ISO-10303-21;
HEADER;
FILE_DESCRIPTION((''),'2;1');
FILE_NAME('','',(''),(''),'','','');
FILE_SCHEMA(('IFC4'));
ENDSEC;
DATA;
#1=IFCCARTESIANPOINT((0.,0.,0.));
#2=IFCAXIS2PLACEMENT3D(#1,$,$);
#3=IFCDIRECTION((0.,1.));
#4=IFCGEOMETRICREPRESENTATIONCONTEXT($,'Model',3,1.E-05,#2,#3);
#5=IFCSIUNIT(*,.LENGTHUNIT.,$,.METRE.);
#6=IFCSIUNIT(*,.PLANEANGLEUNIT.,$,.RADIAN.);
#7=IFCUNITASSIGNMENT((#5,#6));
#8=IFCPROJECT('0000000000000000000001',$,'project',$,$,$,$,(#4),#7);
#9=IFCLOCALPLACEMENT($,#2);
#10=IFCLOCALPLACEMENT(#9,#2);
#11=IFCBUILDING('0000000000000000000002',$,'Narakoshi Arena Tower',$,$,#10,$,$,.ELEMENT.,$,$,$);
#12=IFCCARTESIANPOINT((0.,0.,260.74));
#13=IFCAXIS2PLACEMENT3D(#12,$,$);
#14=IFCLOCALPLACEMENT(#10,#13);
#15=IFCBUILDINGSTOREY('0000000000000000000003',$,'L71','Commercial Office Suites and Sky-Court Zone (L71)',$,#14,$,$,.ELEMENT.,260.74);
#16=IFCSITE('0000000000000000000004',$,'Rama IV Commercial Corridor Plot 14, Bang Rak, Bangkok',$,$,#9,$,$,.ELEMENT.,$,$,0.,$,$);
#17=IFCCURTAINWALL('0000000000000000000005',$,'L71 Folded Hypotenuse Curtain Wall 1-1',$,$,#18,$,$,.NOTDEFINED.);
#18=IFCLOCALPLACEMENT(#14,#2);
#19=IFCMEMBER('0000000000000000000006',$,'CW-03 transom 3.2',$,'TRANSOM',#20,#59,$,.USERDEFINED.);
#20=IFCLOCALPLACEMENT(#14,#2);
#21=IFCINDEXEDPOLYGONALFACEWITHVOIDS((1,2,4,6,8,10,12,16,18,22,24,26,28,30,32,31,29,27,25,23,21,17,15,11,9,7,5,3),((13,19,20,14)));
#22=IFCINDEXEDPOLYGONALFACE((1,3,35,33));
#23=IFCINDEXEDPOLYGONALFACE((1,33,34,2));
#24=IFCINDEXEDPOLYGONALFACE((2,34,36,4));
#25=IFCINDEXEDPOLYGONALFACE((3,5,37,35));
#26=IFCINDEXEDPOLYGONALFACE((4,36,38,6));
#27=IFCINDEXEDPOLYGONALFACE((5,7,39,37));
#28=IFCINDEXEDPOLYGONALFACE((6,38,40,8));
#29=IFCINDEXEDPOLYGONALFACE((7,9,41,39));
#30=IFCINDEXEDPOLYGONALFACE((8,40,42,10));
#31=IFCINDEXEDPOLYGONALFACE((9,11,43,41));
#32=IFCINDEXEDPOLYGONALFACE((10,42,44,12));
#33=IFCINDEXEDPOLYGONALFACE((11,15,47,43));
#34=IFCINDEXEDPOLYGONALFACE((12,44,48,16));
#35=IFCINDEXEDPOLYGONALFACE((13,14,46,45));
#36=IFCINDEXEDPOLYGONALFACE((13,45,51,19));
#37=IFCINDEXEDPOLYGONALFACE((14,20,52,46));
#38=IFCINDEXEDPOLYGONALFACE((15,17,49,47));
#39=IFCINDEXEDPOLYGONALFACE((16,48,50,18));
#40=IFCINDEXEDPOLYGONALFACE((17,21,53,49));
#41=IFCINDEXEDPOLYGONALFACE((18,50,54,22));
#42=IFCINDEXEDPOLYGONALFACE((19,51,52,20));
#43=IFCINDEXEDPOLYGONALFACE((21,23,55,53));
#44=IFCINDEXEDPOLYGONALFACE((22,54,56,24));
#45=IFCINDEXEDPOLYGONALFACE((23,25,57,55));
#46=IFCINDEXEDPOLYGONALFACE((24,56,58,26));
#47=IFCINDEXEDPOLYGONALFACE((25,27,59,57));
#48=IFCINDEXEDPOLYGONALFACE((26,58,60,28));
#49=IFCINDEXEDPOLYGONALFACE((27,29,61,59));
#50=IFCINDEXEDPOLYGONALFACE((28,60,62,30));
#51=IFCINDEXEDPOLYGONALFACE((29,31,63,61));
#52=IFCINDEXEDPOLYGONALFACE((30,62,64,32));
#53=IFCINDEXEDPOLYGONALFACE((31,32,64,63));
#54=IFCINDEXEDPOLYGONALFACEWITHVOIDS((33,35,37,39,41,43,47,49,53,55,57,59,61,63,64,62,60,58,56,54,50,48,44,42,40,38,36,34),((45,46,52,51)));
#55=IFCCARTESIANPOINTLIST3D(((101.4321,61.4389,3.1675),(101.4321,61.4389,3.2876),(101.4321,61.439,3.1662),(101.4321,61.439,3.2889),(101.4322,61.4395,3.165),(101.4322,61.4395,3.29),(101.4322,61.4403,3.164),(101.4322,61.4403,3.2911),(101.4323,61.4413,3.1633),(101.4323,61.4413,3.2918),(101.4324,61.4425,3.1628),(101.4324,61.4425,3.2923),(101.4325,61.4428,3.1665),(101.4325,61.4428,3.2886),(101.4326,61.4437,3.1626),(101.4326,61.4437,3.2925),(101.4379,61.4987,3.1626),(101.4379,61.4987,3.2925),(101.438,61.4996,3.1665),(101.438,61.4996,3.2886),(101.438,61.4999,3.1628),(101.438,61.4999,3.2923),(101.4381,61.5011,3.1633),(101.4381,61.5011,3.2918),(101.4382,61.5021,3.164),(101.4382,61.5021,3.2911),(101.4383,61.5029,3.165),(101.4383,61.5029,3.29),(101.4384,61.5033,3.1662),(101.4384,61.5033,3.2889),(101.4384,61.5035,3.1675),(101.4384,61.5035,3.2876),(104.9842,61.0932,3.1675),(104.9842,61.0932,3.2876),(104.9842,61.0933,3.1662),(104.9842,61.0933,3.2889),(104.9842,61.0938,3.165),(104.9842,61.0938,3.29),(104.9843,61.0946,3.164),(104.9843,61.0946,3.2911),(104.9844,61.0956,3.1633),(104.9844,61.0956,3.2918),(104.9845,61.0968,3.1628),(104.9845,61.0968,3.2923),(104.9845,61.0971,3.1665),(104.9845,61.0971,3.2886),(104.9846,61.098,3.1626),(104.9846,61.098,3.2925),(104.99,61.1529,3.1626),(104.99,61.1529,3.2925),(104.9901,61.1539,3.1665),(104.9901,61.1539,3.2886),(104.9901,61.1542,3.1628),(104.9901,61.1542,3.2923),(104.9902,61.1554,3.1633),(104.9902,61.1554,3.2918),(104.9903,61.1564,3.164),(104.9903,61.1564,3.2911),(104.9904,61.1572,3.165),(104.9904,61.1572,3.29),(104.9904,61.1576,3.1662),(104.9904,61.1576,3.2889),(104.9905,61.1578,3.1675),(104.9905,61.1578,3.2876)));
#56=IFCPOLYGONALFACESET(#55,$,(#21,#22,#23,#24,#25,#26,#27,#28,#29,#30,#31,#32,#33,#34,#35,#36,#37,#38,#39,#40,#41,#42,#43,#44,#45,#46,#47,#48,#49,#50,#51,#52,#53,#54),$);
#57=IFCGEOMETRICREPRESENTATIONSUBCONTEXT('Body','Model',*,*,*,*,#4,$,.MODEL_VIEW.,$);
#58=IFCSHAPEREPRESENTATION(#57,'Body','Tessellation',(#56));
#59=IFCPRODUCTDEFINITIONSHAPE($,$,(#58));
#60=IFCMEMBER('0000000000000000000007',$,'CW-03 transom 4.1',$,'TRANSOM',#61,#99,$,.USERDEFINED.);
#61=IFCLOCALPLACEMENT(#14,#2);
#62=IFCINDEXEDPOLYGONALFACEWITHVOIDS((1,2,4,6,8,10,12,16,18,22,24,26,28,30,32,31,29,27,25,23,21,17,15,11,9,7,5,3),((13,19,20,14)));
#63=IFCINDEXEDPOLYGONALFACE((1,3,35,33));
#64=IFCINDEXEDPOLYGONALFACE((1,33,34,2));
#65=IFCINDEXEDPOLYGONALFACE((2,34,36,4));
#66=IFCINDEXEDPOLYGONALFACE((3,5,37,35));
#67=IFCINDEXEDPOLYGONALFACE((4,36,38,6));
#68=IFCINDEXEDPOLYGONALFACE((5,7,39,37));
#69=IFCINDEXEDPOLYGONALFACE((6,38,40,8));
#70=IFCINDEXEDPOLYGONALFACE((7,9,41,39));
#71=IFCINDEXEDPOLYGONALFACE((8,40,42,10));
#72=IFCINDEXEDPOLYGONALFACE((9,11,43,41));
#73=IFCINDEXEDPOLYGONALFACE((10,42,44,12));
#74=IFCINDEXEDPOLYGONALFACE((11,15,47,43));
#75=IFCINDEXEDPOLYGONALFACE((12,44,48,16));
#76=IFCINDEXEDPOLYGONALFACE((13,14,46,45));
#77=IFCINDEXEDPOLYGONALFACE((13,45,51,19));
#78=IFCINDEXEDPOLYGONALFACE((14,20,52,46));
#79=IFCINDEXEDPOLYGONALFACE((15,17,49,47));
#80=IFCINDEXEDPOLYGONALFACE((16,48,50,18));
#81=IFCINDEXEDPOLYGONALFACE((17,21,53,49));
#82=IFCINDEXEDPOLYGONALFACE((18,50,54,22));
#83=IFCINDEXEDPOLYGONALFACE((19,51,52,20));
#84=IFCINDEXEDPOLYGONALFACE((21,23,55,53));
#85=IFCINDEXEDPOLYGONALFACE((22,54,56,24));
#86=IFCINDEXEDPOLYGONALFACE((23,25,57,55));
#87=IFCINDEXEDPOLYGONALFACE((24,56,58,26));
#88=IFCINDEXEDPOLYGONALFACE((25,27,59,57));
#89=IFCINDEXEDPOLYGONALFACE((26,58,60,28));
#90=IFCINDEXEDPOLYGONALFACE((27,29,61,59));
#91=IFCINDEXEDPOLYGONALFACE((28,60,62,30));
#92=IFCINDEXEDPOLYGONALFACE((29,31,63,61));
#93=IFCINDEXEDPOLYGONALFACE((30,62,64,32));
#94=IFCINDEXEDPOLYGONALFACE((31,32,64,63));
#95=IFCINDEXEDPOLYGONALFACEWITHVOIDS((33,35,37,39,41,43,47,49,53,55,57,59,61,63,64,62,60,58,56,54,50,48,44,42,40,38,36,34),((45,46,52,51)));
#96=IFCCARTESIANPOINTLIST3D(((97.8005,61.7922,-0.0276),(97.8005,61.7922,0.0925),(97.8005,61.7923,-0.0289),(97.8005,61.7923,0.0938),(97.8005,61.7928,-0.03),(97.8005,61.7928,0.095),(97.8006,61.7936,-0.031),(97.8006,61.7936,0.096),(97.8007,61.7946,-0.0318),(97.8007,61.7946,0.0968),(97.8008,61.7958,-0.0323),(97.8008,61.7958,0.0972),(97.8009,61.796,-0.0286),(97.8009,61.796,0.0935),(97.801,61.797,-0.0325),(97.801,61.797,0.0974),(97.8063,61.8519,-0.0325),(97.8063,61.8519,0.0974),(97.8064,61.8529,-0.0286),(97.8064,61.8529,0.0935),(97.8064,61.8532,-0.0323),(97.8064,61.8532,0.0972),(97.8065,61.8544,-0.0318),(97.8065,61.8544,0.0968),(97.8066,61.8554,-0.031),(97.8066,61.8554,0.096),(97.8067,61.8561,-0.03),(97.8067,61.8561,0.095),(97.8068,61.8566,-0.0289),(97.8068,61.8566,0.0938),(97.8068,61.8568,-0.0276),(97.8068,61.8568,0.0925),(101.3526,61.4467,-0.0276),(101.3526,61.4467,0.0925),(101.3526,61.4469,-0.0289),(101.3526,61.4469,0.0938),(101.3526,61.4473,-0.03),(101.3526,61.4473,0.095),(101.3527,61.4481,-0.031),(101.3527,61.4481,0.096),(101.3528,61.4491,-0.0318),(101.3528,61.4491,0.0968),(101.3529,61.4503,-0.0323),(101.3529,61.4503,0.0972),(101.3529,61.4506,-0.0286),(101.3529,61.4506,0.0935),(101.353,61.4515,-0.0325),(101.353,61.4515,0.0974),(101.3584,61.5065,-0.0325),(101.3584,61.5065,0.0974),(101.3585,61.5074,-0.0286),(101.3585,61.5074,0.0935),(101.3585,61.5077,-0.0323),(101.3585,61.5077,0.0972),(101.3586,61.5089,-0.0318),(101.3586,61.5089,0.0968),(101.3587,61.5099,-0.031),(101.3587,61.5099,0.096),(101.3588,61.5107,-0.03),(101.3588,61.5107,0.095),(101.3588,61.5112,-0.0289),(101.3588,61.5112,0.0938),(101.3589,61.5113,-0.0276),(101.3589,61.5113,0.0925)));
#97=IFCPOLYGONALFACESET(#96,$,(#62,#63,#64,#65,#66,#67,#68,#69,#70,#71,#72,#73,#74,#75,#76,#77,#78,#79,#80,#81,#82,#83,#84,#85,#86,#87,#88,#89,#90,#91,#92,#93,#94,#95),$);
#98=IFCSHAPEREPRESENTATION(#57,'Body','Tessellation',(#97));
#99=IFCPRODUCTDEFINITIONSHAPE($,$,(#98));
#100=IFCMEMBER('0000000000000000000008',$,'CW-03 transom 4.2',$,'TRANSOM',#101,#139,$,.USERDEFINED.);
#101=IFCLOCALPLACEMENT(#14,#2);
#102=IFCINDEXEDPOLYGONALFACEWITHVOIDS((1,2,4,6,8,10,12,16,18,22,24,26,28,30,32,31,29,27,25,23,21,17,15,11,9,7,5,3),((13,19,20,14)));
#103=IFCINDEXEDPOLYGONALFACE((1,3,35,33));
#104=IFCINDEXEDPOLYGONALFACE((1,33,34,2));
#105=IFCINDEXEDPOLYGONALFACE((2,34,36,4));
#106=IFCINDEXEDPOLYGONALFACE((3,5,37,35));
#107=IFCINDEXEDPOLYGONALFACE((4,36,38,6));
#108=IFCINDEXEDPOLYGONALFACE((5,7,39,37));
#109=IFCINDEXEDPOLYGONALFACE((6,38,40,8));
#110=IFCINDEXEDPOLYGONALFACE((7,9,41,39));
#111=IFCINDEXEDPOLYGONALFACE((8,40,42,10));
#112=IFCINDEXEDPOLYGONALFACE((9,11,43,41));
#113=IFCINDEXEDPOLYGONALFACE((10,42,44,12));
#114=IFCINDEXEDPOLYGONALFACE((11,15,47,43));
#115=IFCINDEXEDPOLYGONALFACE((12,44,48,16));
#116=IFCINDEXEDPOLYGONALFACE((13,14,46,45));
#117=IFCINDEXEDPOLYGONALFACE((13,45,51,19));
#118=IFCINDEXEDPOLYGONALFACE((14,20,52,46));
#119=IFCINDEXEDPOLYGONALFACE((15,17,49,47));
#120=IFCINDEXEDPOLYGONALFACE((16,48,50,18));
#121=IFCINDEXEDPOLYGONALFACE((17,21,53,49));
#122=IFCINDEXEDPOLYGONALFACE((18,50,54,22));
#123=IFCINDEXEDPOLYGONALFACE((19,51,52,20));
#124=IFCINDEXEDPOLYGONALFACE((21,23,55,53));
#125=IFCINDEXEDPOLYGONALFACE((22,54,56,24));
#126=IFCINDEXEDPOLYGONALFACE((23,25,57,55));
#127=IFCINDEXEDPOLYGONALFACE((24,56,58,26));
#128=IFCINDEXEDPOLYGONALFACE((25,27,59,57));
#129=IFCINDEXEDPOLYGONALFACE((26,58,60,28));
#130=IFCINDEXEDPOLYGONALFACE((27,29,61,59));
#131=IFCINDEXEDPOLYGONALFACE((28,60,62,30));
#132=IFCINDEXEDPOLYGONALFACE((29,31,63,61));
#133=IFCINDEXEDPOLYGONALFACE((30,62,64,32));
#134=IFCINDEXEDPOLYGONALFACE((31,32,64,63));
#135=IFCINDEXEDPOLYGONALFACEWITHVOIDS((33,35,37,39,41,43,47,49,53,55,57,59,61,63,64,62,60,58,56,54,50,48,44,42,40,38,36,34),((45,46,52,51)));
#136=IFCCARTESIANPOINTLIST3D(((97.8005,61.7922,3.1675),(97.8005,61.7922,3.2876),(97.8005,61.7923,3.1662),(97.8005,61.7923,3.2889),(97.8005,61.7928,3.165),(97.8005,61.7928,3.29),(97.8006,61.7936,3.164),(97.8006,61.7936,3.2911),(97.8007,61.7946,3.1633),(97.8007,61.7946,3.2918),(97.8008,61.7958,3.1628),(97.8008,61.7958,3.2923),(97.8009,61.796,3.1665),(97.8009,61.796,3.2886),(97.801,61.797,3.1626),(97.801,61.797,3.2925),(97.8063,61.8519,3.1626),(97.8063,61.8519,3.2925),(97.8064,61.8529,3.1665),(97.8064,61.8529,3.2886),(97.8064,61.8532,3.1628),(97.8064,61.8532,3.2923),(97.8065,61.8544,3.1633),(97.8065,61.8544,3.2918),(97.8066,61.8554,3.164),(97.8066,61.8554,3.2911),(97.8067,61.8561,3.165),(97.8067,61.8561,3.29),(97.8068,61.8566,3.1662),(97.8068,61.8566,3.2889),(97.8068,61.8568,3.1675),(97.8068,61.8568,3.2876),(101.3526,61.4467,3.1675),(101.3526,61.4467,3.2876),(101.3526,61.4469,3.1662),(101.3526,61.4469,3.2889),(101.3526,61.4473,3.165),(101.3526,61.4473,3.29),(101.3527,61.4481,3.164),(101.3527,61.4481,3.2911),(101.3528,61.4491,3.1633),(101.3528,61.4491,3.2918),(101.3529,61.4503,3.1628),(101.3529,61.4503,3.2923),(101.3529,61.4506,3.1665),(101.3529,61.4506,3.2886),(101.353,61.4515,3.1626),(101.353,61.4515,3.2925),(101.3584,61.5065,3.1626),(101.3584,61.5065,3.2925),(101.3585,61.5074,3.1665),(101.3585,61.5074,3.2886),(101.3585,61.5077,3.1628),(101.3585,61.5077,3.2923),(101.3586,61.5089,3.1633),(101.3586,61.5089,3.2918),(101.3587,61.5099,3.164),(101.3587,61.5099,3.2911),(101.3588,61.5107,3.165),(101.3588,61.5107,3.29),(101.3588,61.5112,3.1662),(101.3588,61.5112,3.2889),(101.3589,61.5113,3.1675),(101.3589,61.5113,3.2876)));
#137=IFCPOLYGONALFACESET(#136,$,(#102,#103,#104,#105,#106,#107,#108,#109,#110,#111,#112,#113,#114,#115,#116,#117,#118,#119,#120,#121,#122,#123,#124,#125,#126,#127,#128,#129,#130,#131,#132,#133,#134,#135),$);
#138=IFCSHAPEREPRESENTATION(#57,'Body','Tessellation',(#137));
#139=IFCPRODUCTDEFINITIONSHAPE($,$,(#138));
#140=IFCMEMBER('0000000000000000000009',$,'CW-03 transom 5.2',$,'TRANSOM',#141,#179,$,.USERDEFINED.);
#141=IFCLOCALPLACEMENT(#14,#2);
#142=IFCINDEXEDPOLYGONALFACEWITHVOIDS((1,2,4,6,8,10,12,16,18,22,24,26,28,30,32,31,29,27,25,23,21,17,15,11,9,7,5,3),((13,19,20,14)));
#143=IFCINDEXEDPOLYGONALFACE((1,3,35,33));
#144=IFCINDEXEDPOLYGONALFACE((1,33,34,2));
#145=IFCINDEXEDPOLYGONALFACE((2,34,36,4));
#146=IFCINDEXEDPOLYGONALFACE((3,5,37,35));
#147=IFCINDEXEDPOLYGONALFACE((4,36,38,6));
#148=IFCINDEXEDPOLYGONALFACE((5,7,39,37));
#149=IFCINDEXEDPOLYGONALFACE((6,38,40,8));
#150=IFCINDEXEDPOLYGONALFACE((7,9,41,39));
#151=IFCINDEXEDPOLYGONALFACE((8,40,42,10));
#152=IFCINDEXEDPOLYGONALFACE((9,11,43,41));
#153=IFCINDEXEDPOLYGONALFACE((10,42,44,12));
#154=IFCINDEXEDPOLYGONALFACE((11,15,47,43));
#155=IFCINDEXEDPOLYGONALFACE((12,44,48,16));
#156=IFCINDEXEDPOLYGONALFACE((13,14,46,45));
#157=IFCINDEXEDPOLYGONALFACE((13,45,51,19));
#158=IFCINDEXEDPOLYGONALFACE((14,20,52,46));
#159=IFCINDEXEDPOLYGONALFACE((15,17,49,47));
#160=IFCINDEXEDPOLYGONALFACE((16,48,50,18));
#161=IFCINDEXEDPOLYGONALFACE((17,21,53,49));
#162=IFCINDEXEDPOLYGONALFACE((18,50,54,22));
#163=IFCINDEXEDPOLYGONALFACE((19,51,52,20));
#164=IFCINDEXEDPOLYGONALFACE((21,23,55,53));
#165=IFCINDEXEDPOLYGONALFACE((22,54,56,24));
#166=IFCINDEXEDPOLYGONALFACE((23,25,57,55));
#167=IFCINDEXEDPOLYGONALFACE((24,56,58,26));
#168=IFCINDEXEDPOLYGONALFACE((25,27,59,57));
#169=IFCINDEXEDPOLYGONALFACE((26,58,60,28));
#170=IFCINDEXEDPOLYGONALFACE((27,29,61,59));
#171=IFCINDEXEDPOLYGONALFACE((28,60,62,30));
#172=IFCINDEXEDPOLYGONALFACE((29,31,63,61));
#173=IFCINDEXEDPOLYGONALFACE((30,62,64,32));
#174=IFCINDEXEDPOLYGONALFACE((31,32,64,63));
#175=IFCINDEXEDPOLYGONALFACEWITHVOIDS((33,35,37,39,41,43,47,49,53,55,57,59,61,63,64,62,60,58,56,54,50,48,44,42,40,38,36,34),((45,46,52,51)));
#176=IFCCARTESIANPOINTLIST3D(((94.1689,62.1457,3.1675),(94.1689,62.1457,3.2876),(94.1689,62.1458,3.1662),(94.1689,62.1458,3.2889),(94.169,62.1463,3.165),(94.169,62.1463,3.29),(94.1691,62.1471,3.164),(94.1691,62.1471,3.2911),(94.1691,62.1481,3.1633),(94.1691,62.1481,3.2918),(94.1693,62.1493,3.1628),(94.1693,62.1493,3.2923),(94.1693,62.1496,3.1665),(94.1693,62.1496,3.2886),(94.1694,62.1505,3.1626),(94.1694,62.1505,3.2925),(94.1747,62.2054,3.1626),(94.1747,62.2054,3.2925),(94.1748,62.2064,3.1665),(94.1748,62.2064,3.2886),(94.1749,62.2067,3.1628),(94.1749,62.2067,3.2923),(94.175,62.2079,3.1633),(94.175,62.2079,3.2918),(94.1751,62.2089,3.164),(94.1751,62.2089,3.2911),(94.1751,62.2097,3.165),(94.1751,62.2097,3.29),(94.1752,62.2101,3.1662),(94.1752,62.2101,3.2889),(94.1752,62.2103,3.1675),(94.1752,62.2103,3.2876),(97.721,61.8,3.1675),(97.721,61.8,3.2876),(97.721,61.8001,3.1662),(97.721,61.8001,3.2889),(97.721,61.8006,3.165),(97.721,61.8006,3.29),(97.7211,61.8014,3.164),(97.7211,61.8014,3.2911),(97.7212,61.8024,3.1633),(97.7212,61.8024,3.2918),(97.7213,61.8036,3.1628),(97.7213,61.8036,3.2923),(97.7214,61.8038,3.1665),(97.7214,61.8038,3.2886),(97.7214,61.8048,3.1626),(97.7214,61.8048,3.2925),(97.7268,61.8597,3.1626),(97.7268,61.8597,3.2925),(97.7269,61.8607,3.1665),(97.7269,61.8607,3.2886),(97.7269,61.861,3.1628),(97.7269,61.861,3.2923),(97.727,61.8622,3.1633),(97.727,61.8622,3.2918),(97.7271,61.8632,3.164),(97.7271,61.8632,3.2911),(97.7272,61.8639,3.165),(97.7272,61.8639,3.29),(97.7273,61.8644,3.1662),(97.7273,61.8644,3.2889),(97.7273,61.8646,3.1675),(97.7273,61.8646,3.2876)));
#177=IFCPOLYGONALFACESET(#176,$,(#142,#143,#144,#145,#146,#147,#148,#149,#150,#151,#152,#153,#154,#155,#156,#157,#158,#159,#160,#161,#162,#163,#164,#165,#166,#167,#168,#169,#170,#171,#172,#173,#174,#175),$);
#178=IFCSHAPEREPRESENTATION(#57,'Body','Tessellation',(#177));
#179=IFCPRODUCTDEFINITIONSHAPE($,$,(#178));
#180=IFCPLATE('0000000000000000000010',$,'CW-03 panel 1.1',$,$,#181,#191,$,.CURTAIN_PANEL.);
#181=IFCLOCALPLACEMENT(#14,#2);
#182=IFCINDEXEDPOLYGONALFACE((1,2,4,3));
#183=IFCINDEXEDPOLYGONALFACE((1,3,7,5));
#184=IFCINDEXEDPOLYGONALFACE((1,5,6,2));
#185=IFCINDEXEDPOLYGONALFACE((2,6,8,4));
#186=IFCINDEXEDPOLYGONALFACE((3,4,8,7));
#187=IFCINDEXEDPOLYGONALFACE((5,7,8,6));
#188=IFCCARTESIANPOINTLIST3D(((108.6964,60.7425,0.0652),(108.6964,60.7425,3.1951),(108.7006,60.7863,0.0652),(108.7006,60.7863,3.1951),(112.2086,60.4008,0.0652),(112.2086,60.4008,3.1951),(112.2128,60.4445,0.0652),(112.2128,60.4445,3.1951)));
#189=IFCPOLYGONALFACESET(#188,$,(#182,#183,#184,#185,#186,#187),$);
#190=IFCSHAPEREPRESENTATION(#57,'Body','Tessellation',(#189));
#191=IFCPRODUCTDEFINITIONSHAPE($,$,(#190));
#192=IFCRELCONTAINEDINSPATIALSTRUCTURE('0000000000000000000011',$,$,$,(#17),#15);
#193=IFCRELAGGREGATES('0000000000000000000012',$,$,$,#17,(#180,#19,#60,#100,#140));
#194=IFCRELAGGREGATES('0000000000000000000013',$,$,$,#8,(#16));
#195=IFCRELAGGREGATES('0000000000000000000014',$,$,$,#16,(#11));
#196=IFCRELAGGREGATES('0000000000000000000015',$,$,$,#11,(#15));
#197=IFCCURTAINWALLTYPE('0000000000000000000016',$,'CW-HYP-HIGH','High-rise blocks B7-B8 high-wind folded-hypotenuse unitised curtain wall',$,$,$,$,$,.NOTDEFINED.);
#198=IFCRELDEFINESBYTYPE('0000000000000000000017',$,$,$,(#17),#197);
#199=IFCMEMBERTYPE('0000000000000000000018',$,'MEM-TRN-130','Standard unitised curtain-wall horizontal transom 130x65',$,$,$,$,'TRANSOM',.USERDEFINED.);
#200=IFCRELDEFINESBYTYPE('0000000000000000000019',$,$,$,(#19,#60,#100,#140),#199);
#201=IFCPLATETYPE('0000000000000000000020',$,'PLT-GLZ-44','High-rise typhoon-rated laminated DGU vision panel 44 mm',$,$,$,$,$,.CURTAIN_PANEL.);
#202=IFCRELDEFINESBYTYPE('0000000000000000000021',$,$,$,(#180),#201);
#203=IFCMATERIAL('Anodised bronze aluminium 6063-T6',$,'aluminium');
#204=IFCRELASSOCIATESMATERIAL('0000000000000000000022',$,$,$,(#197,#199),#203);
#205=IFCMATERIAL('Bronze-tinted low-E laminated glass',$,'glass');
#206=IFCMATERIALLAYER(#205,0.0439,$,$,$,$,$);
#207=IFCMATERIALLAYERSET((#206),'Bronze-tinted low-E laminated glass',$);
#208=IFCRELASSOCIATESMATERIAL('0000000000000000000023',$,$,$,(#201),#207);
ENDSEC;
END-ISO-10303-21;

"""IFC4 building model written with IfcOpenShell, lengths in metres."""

from ifc_helpers import new_model, si_unit, direction, frame, origin, origin_2d, place, context, subcontext, project, spatial, rectangle, hollow_rectangle, extrude, material, layer, layer_set, material_profile, profile_set, type_object, element, aggregate, save


model = new_model("IFC4")

# Units and contexts
model_context = context("Model", 3, precision=1e-05, world=origin(), true_north=direction((0.0, 1.0)))
body_context = subcontext(model_context, "Body", "Model", "MODEL_VIEW")
ifc_project = project(units=[si_unit("LENGTHUNIT", "METRE"), si_unit("PLANEANGLEUNIT", "RADIAN")], contexts=[model_context])

# Site, building, storey
site_placement = place(None, origin())
site = spatial("IfcSite", under=ifc_project, at=site_placement, Name="Rama IV Commercial Corridor Plot 14, Bang Rak, Bangkok", CompositionType="ELEMENT", RefElevation=0.0)
building_placement = place(site_placement, origin())
building = spatial("IfcBuilding", under=site, at=building_placement, Name="Narakoshi Arena Tower", CompositionType="ELEMENT")
storey_placement = place(building_placement, frame((0.0, 0.0, 260.74)))
storey = spatial("IfcBuildingStorey", under=building, at=storey_placement, Name="L71", Description="Commercial Office Suites and Sky-Court Zone (L71)", CompositionType="ELEMENT", Elevation=260.74)

# Curtain wall, members, plate
ifc_material_1 = material(Name="Anodised bronze aluminium 6063-T6", Category="aluminium")
curtain_wall_type = type_object("IfcCurtainWallType", Name="CW-HYP-HIGH", Description="High-rise blocks B7-B8 high-wind folded-hypotenuse unitised curtain wall", PredefinedType="NOTDEFINED", material=ifc_material_1)
curtain_wall_placement = place(storey_placement, origin())
curtain_wall = element("IfcCurtainWall", 1, at=curtain_wall_placement, inside=storey, type_object=curtain_wall_type, Name="L71 Folded Hypotenuse Curtain Wall 1-1", PredefinedType="NOTDEFINED")
ifc_material_profile_1 = material_profile(ifc_material_1, hollow_rectangle(XDim=0.0649, YDim=0.1299, WallThickness=0.0039, OuterFilletRadius=0.0049, at=origin_2d()), Name="TRN130x65x4")
ifc_profile_set_1 = profile_set([ifc_material_profile_1], Name="Anodised bronze aluminium 6063-T6")
member_type_1 = type_object("IfcMemberType", Name="MEM-TRN-130", Description="Standard unitised curtain-wall horizontal transom 130x65", ElementType="TRANSOM", PredefinedType="USERDEFINED", material=ifc_profile_set_1)
member_1_placement = place(storey_placement, frame((104.9873, 61.1255, 3.2275), z_axis=(-0.995297, 0.096869, 0.0), x_axis=(-0.096869, -0.995297, 0.0)))
member_1 = element("IfcMember", 2, at=member_1_placement, type_object=member_type_1, Name="CW-03 transom 3.2", ObjectType="TRANSOM", PredefinedType="USERDEFINED", context=body_context, shape_type="SweptSolid", body=[
    extrude(hollow_rectangle(XDim=0.0649, YDim=0.1299, WallThickness=0.0039, OuterFilletRadius=0.0049, at=origin_2d()), origin(), (0.0, 0.0, 1.0), 3.5688),
])
member_2_placement = place(storey_placement, frame((101.3557, 61.479, 0.0325), z_axis=(-0.995304, 0.096801, 0.0), x_axis=(-0.096801, -0.995304, 0.0)))
member_2 = element("IfcMember", 3, at=member_2_placement, type_object=member_type_1, Name="CW-03 transom 4.1", ObjectType="TRANSOM", PredefinedType="USERDEFINED", context=body_context, shape_type="SweptSolid", body=[
    extrude(hollow_rectangle(XDim=0.0649, YDim=0.1299, WallThickness=0.0039, OuterFilletRadius=0.0049, at=origin_2d()), origin(), (0.0, 0.0, 1.0), 3.5688),
])
member_3_placement = place(storey_placement, frame((101.3557, 61.479, 3.2275), z_axis=(-0.995304, 0.096801, 0.0), x_axis=(-0.096801, -0.995304, 0.0)))
member_3 = element("IfcMember", 4, at=member_3_placement, type_object=member_type_1, Name="CW-03 transom 4.2", ObjectType="TRANSOM", PredefinedType="USERDEFINED", context=body_context, shape_type="SweptSolid", body=[
    extrude(hollow_rectangle(XDim=0.0649, YDim=0.1299, WallThickness=0.0039, OuterFilletRadius=0.0049, at=origin_2d()), origin(), (0.0, 0.0, 1.0), 3.5688),
])
member_4_placement = place(storey_placement, frame((97.7241, 61.8323, 3.2275), z_axis=(-0.995297, 0.096869, 0.0), x_axis=(-0.096869, -0.995297, 0.0)))
member_4 = element("IfcMember", 5, at=member_4_placement, type_object=member_type_1, Name="CW-03 transom 5.2", ObjectType="TRANSOM", PredefinedType="USERDEFINED", context=body_context, shape_type="SweptSolid", body=[
    extrude(hollow_rectangle(XDim=0.0649, YDim=0.1299, WallThickness=0.0039, OuterFilletRadius=0.0049, at=origin_2d()), origin(), (0.0, 0.0, 1.0), 3.5688),
])
ifc_material_2 = material(Name="Bronze-tinted low-E laminated glass", Category="glass")
ifc_layer_1 = layer(ifc_material_2, 0.0439)
ifc_layer_set_1 = layer_set([ifc_layer_1], Name="Bronze-tinted low-E laminated glass")
plate_type = type_object("IfcPlateType", Name="PLT-GLZ-44", Description="High-rise typhoon-rated laminated DGU vision panel 44 mm", PredefinedType="CURTAIN_PANEL", material=ifc_layer_set_1)
plate_1_placement = place(storey_placement, frame((110.4546, 60.5935, 0.0652), z_axis=(0.0, 0.0, 1.0), x_axis=(-0.995299, 0.096851, 0.0)))
plate_1 = element("IfcPlate", 6, at=plate_1_placement, type_object=plate_type, Name="CW-03 panel 1.1", PredefinedType="CURTAIN_PANEL", context=body_context, shape_type="SweptSolid", body=[
    extrude(rectangle(XDim=3.5288, YDim=0.0439, at=origin_2d()), origin(), (0.0, 0.0, 1.0), 3.1299),
])
aggregate(curtain_wall, [plate_1, member_1, member_2, member_3, member_4])

save(model, "model.ifc")
